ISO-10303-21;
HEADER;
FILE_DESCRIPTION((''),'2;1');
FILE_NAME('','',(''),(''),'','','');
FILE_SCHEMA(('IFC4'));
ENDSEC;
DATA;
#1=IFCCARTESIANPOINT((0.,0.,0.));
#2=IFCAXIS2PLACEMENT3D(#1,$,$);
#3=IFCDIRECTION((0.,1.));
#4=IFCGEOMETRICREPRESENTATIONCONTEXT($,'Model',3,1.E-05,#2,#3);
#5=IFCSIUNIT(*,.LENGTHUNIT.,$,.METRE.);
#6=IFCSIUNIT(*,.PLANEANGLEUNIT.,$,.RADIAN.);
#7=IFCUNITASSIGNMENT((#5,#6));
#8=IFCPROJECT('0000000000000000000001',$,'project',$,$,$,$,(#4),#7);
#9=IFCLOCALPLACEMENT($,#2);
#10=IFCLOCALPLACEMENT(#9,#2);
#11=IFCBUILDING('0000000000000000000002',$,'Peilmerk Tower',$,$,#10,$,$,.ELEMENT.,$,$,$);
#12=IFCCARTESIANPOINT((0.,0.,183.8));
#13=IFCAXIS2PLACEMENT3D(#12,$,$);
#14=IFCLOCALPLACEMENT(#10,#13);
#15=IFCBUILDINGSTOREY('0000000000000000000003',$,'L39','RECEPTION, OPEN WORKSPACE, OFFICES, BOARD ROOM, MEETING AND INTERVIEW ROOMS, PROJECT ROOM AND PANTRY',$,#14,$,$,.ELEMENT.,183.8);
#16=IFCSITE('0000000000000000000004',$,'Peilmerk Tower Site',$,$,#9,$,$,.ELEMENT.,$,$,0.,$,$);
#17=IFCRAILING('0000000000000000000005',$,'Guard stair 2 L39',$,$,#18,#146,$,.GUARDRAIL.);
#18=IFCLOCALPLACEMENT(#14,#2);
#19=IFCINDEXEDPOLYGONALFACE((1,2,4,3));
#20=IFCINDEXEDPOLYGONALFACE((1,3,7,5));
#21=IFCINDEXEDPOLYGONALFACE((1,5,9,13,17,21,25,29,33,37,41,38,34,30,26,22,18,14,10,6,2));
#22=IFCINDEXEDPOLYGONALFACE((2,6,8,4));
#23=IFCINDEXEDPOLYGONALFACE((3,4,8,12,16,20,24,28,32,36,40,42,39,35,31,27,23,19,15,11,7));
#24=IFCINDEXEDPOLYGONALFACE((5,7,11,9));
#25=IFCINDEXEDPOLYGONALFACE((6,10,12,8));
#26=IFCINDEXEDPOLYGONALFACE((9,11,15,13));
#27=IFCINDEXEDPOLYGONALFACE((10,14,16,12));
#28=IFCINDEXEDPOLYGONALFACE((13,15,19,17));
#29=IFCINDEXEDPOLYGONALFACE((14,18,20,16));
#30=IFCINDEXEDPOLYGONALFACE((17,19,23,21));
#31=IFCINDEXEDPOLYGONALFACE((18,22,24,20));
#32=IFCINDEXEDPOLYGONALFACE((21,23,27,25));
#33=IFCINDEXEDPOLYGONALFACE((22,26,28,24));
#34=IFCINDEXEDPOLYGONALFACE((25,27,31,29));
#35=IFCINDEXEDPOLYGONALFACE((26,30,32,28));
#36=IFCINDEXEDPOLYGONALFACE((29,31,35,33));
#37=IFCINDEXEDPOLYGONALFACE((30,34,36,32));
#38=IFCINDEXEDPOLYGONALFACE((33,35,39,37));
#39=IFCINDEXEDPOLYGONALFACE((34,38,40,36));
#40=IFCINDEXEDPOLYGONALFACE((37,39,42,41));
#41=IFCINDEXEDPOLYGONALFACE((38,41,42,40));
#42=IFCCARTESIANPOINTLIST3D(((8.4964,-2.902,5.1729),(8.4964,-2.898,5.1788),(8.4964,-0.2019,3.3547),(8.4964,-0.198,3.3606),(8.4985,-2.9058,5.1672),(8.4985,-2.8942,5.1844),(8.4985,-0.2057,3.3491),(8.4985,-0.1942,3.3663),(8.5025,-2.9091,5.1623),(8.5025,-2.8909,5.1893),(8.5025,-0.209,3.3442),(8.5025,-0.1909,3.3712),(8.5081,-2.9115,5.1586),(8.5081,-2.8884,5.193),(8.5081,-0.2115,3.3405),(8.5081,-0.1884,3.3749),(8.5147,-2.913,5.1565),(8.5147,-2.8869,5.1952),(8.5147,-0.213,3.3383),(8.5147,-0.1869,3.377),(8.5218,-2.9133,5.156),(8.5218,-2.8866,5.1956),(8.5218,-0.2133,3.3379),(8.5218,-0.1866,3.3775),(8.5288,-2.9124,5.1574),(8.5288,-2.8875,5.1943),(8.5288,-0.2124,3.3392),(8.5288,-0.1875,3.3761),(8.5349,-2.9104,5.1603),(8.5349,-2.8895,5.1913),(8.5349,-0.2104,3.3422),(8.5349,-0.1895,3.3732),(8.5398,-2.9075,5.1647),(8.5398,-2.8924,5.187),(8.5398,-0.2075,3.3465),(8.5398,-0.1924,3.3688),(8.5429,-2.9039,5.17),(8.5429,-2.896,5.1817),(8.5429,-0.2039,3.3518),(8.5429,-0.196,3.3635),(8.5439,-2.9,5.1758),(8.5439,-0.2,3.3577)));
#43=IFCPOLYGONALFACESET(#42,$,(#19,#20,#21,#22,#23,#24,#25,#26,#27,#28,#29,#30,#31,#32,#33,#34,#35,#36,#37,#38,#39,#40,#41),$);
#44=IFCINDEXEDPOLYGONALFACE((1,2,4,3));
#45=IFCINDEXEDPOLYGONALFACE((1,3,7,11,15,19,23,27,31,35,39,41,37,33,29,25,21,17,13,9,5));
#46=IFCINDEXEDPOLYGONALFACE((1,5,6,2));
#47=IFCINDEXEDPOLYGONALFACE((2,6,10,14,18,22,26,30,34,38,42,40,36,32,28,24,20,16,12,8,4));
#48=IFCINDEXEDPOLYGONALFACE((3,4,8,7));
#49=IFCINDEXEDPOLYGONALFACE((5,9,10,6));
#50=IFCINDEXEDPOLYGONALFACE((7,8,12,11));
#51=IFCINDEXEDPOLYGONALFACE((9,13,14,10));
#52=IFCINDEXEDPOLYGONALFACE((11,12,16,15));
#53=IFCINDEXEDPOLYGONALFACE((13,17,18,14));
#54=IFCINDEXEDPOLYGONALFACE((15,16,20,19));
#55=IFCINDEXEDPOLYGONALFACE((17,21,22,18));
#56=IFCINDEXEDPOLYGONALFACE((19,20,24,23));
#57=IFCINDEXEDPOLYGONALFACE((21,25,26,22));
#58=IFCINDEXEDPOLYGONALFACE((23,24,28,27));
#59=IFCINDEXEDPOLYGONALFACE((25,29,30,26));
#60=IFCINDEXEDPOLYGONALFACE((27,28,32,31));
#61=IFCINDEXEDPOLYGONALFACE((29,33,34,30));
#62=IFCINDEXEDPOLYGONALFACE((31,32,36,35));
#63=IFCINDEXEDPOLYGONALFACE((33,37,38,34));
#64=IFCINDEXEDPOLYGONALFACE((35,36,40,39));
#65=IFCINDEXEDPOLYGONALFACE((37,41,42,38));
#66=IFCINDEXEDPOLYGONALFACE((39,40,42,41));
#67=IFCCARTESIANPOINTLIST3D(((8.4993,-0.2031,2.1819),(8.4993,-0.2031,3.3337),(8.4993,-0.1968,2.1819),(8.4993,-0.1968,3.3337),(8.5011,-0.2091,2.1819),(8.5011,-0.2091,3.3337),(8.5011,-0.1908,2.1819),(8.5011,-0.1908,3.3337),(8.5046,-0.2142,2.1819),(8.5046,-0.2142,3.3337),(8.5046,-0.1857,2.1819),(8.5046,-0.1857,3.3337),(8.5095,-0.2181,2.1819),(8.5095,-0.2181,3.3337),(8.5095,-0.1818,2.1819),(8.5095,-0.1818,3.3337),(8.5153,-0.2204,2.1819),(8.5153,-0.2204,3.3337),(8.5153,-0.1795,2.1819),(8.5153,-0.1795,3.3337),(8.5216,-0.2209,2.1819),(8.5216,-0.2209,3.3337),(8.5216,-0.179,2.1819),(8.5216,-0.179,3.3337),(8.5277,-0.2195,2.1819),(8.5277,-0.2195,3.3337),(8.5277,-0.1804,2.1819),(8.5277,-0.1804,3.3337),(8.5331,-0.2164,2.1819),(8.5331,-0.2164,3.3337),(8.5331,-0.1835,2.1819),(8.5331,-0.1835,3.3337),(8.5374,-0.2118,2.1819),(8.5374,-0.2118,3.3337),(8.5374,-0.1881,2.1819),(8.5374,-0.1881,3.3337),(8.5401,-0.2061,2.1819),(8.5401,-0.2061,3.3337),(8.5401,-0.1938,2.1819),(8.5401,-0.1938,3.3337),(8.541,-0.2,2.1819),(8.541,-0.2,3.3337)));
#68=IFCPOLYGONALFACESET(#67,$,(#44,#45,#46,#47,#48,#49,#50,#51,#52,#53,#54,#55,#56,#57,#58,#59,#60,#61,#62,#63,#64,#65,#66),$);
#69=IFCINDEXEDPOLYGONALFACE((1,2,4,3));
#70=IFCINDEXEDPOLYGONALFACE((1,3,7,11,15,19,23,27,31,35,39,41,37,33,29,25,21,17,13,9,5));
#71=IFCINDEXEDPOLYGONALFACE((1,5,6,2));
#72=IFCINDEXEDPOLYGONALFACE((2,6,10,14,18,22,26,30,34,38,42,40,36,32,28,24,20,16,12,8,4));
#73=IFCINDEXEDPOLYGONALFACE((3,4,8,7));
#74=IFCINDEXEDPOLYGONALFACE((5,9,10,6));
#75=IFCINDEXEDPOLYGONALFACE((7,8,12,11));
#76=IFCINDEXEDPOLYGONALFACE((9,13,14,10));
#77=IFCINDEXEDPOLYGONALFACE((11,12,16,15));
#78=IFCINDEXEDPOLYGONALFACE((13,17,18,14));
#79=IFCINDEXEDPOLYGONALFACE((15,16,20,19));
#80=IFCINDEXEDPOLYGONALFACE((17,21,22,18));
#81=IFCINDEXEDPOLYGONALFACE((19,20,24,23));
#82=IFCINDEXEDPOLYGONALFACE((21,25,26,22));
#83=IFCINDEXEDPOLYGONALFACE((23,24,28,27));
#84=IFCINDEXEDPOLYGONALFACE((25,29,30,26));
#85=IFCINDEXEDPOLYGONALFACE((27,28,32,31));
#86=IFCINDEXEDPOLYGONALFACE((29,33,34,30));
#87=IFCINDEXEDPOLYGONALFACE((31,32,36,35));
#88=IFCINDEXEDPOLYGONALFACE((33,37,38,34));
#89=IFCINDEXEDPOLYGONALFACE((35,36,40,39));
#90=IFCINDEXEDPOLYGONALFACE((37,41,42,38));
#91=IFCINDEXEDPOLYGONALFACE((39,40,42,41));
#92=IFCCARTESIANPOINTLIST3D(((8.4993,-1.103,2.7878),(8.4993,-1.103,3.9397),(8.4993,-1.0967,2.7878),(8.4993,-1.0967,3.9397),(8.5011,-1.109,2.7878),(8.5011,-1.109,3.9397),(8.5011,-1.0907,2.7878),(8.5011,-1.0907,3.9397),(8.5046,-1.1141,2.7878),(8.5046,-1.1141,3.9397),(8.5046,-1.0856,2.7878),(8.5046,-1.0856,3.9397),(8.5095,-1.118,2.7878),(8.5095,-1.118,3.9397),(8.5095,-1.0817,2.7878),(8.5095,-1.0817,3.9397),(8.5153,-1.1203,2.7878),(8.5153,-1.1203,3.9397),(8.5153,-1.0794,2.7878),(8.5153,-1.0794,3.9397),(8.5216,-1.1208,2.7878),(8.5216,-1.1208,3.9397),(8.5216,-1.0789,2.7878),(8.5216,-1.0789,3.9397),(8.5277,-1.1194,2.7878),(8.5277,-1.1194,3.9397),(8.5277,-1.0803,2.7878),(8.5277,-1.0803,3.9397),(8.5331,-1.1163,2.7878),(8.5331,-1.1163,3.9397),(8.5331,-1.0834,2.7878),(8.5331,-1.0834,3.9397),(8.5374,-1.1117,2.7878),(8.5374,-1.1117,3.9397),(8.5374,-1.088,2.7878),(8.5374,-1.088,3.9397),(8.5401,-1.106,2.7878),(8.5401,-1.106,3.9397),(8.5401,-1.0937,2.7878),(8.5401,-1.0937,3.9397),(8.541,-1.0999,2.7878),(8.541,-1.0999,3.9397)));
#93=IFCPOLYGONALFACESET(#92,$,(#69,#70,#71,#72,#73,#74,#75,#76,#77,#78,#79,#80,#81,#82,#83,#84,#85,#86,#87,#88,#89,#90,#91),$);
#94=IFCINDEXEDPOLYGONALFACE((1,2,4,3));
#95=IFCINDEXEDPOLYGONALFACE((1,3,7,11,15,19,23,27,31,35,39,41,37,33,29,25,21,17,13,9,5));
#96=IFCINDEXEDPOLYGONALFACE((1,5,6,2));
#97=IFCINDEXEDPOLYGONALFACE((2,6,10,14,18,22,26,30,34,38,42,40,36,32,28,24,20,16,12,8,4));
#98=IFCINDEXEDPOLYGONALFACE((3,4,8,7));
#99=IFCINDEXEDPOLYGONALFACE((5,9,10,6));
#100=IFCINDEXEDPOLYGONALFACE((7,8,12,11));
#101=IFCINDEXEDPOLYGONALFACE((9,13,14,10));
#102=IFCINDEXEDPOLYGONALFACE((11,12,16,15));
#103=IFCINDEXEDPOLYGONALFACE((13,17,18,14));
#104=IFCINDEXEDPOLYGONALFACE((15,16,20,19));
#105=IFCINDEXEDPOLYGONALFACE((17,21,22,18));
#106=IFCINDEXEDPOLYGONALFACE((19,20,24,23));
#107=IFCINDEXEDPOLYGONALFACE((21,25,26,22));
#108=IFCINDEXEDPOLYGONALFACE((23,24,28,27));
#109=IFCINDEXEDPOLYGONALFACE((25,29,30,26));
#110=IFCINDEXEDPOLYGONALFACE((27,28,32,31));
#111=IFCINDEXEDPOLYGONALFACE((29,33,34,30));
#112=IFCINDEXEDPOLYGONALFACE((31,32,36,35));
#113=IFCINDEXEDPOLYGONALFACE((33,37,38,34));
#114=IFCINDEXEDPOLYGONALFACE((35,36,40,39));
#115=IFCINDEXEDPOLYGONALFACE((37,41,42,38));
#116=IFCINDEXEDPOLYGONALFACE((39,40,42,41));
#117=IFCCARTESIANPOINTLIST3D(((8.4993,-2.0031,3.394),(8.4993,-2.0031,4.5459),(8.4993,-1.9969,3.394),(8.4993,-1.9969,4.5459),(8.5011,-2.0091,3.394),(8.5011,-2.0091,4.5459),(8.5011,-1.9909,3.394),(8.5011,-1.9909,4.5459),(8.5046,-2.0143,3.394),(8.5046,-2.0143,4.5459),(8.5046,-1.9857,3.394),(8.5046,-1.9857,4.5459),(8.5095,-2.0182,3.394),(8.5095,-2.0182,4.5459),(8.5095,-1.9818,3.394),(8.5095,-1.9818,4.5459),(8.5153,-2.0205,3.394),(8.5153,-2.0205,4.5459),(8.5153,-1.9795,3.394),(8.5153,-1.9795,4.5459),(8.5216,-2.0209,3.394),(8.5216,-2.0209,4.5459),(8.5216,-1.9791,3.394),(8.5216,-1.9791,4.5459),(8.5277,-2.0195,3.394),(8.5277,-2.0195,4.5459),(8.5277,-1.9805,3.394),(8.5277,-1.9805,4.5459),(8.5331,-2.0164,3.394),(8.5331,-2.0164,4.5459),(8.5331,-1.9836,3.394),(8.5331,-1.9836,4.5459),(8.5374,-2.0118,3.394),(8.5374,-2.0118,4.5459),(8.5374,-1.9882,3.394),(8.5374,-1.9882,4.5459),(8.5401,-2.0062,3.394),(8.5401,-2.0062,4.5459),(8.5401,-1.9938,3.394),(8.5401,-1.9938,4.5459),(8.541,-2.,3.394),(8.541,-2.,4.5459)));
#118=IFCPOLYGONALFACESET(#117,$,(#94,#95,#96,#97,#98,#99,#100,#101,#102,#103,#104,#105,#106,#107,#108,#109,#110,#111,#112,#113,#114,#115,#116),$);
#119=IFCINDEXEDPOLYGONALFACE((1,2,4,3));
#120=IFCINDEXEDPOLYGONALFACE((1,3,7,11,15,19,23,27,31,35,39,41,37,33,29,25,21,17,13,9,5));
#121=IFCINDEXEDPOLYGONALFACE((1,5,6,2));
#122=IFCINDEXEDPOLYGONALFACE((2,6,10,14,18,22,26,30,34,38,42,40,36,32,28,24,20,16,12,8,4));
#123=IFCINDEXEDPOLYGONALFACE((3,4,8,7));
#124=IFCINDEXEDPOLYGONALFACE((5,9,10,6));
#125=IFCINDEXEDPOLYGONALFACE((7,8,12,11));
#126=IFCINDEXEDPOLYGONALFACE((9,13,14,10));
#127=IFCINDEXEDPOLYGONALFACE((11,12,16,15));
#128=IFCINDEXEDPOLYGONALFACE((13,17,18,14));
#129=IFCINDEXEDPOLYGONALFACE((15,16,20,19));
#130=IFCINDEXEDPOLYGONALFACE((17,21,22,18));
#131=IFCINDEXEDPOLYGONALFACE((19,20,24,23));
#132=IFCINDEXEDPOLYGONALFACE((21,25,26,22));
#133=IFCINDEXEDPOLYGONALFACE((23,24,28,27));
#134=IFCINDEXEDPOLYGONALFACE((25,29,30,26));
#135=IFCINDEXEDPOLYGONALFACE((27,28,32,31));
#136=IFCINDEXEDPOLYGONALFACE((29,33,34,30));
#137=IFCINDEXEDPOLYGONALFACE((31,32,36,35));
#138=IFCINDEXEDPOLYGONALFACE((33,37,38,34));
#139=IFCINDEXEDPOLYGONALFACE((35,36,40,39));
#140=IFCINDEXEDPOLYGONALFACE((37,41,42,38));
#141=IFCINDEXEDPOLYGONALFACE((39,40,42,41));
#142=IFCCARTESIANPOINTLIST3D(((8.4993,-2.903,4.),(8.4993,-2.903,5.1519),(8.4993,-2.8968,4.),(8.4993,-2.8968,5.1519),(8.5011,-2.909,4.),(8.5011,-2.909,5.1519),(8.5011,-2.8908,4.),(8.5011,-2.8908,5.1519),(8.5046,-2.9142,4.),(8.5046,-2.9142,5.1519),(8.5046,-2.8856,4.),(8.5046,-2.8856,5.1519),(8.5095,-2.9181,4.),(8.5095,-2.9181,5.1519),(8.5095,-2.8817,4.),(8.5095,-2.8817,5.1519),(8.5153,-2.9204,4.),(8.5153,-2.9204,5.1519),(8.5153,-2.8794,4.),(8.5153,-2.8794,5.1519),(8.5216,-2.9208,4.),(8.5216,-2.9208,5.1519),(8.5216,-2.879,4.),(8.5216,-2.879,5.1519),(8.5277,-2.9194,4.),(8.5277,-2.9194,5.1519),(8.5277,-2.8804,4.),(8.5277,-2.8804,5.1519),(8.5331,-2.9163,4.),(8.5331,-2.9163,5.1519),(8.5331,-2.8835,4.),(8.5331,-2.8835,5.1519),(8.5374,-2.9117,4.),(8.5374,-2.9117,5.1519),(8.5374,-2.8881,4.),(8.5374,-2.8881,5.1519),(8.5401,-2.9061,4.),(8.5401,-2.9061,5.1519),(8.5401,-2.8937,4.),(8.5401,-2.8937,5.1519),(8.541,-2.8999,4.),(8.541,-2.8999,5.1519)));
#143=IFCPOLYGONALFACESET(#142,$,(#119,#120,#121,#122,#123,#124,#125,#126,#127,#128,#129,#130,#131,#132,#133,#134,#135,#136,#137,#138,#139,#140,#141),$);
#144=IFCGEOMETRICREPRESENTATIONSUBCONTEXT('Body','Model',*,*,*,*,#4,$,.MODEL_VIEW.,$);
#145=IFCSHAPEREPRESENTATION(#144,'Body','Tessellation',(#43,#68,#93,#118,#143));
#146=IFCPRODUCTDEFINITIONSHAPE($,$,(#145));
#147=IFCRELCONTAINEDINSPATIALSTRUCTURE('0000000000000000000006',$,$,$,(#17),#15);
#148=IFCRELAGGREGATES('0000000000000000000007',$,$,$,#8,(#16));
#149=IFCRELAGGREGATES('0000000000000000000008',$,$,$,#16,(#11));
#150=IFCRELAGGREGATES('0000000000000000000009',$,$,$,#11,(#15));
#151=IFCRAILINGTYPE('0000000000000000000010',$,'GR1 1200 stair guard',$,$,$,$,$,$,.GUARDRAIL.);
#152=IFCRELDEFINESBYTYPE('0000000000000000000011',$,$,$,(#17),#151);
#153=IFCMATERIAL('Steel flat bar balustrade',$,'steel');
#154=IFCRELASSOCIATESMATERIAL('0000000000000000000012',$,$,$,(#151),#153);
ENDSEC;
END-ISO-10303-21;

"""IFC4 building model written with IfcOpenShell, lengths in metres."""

from ifc_helpers import new_model, si_unit, direction, frame, origin, origin_2d, place, context, subcontext, project, spatial, circle, extrude, material, type_object, element, save


model = new_model("IFC4")

# Units and contexts
model_context = context("Model", 3, precision=1e-05, world=origin(), true_north=direction((0.0, 1.0)))
body_context = subcontext(model_context, "Body", "Model", "MODEL_VIEW")
ifc_project = project(units=[si_unit("LENGTHUNIT", "METRE"), si_unit("PLANEANGLEUNIT", "RADIAN")], contexts=[model_context])

# Site, building, storey
site_placement = place(None, origin())
site = spatial("IfcSite", under=ifc_project, at=site_placement, Name="Peilmerk Tower Site", CompositionType="ELEMENT", RefElevation=0.0)
building_placement = place(site_placement, origin())
building = spatial("IfcBuilding", under=site, at=building_placement, Name="Peilmerk Tower", CompositionType="ELEMENT")
storey_placement = place(building_placement, frame((0.0, 0.0, 183.8)))
storey = spatial("IfcBuildingStorey", under=building, at=storey_placement, Name="L39", Description="RECEPTION, OPEN WORKSPACE, OFFICES, BOARD ROOM, MEETING AND INTERVIEW ROOMS, PROJECT ROOM AND PANTRY", CompositionType="ELEMENT", Elevation=183.8)

# Railing
ifc_material_1 = material(Name="Steel flat bar balustrade", Category="steel")
railing_type_1 = type_object("IfcRailingType", Name="GR1 1200 stair guard", PredefinedType="GUARDRAIL", material=ifc_material_1)
railing_1_placement = place(storey_placement, frame((8.52, -0.2, 2.1819)))
element("IfcRailing", 1, at=railing_1_placement, inside=storey, type_object=railing_type_1, Name="Guard stair 2 L39", PredefinedType="GUARDRAIL", context=body_context, shape_type="SweptSolid", body=[
    extrude(circle(Radius=0.0239, at=origin_2d()), frame((0.0, 0.0, 1.1758), z_axis=(0.0, -0.829468, 0.558554), x_axis=(1.0, 0.0, 0.0)), (0.0, 0.0, 1.0), 3.2551),
    extrude(circle(Radius=0.021, at=origin_2d()), origin(), (0.0, 0.0, 1.0), 1.1519),
    extrude(circle(Radius=0.021, at=origin_2d()), frame((0.0, -0.8999, 0.606)), (0.0, 0.0, 1.0), 1.1519),
    extrude(circle(Radius=0.021, at=origin_2d()), frame((0.0, -1.8, 1.2122)), (0.0, 0.0, 1.0), 1.1519),
    extrude(circle(Radius=0.021, at=origin_2d()), frame((0.0, -2.7, 1.8181)), (0.0, 0.0, 1.0), 1.1519),
])

save(model, "model.ifc")
